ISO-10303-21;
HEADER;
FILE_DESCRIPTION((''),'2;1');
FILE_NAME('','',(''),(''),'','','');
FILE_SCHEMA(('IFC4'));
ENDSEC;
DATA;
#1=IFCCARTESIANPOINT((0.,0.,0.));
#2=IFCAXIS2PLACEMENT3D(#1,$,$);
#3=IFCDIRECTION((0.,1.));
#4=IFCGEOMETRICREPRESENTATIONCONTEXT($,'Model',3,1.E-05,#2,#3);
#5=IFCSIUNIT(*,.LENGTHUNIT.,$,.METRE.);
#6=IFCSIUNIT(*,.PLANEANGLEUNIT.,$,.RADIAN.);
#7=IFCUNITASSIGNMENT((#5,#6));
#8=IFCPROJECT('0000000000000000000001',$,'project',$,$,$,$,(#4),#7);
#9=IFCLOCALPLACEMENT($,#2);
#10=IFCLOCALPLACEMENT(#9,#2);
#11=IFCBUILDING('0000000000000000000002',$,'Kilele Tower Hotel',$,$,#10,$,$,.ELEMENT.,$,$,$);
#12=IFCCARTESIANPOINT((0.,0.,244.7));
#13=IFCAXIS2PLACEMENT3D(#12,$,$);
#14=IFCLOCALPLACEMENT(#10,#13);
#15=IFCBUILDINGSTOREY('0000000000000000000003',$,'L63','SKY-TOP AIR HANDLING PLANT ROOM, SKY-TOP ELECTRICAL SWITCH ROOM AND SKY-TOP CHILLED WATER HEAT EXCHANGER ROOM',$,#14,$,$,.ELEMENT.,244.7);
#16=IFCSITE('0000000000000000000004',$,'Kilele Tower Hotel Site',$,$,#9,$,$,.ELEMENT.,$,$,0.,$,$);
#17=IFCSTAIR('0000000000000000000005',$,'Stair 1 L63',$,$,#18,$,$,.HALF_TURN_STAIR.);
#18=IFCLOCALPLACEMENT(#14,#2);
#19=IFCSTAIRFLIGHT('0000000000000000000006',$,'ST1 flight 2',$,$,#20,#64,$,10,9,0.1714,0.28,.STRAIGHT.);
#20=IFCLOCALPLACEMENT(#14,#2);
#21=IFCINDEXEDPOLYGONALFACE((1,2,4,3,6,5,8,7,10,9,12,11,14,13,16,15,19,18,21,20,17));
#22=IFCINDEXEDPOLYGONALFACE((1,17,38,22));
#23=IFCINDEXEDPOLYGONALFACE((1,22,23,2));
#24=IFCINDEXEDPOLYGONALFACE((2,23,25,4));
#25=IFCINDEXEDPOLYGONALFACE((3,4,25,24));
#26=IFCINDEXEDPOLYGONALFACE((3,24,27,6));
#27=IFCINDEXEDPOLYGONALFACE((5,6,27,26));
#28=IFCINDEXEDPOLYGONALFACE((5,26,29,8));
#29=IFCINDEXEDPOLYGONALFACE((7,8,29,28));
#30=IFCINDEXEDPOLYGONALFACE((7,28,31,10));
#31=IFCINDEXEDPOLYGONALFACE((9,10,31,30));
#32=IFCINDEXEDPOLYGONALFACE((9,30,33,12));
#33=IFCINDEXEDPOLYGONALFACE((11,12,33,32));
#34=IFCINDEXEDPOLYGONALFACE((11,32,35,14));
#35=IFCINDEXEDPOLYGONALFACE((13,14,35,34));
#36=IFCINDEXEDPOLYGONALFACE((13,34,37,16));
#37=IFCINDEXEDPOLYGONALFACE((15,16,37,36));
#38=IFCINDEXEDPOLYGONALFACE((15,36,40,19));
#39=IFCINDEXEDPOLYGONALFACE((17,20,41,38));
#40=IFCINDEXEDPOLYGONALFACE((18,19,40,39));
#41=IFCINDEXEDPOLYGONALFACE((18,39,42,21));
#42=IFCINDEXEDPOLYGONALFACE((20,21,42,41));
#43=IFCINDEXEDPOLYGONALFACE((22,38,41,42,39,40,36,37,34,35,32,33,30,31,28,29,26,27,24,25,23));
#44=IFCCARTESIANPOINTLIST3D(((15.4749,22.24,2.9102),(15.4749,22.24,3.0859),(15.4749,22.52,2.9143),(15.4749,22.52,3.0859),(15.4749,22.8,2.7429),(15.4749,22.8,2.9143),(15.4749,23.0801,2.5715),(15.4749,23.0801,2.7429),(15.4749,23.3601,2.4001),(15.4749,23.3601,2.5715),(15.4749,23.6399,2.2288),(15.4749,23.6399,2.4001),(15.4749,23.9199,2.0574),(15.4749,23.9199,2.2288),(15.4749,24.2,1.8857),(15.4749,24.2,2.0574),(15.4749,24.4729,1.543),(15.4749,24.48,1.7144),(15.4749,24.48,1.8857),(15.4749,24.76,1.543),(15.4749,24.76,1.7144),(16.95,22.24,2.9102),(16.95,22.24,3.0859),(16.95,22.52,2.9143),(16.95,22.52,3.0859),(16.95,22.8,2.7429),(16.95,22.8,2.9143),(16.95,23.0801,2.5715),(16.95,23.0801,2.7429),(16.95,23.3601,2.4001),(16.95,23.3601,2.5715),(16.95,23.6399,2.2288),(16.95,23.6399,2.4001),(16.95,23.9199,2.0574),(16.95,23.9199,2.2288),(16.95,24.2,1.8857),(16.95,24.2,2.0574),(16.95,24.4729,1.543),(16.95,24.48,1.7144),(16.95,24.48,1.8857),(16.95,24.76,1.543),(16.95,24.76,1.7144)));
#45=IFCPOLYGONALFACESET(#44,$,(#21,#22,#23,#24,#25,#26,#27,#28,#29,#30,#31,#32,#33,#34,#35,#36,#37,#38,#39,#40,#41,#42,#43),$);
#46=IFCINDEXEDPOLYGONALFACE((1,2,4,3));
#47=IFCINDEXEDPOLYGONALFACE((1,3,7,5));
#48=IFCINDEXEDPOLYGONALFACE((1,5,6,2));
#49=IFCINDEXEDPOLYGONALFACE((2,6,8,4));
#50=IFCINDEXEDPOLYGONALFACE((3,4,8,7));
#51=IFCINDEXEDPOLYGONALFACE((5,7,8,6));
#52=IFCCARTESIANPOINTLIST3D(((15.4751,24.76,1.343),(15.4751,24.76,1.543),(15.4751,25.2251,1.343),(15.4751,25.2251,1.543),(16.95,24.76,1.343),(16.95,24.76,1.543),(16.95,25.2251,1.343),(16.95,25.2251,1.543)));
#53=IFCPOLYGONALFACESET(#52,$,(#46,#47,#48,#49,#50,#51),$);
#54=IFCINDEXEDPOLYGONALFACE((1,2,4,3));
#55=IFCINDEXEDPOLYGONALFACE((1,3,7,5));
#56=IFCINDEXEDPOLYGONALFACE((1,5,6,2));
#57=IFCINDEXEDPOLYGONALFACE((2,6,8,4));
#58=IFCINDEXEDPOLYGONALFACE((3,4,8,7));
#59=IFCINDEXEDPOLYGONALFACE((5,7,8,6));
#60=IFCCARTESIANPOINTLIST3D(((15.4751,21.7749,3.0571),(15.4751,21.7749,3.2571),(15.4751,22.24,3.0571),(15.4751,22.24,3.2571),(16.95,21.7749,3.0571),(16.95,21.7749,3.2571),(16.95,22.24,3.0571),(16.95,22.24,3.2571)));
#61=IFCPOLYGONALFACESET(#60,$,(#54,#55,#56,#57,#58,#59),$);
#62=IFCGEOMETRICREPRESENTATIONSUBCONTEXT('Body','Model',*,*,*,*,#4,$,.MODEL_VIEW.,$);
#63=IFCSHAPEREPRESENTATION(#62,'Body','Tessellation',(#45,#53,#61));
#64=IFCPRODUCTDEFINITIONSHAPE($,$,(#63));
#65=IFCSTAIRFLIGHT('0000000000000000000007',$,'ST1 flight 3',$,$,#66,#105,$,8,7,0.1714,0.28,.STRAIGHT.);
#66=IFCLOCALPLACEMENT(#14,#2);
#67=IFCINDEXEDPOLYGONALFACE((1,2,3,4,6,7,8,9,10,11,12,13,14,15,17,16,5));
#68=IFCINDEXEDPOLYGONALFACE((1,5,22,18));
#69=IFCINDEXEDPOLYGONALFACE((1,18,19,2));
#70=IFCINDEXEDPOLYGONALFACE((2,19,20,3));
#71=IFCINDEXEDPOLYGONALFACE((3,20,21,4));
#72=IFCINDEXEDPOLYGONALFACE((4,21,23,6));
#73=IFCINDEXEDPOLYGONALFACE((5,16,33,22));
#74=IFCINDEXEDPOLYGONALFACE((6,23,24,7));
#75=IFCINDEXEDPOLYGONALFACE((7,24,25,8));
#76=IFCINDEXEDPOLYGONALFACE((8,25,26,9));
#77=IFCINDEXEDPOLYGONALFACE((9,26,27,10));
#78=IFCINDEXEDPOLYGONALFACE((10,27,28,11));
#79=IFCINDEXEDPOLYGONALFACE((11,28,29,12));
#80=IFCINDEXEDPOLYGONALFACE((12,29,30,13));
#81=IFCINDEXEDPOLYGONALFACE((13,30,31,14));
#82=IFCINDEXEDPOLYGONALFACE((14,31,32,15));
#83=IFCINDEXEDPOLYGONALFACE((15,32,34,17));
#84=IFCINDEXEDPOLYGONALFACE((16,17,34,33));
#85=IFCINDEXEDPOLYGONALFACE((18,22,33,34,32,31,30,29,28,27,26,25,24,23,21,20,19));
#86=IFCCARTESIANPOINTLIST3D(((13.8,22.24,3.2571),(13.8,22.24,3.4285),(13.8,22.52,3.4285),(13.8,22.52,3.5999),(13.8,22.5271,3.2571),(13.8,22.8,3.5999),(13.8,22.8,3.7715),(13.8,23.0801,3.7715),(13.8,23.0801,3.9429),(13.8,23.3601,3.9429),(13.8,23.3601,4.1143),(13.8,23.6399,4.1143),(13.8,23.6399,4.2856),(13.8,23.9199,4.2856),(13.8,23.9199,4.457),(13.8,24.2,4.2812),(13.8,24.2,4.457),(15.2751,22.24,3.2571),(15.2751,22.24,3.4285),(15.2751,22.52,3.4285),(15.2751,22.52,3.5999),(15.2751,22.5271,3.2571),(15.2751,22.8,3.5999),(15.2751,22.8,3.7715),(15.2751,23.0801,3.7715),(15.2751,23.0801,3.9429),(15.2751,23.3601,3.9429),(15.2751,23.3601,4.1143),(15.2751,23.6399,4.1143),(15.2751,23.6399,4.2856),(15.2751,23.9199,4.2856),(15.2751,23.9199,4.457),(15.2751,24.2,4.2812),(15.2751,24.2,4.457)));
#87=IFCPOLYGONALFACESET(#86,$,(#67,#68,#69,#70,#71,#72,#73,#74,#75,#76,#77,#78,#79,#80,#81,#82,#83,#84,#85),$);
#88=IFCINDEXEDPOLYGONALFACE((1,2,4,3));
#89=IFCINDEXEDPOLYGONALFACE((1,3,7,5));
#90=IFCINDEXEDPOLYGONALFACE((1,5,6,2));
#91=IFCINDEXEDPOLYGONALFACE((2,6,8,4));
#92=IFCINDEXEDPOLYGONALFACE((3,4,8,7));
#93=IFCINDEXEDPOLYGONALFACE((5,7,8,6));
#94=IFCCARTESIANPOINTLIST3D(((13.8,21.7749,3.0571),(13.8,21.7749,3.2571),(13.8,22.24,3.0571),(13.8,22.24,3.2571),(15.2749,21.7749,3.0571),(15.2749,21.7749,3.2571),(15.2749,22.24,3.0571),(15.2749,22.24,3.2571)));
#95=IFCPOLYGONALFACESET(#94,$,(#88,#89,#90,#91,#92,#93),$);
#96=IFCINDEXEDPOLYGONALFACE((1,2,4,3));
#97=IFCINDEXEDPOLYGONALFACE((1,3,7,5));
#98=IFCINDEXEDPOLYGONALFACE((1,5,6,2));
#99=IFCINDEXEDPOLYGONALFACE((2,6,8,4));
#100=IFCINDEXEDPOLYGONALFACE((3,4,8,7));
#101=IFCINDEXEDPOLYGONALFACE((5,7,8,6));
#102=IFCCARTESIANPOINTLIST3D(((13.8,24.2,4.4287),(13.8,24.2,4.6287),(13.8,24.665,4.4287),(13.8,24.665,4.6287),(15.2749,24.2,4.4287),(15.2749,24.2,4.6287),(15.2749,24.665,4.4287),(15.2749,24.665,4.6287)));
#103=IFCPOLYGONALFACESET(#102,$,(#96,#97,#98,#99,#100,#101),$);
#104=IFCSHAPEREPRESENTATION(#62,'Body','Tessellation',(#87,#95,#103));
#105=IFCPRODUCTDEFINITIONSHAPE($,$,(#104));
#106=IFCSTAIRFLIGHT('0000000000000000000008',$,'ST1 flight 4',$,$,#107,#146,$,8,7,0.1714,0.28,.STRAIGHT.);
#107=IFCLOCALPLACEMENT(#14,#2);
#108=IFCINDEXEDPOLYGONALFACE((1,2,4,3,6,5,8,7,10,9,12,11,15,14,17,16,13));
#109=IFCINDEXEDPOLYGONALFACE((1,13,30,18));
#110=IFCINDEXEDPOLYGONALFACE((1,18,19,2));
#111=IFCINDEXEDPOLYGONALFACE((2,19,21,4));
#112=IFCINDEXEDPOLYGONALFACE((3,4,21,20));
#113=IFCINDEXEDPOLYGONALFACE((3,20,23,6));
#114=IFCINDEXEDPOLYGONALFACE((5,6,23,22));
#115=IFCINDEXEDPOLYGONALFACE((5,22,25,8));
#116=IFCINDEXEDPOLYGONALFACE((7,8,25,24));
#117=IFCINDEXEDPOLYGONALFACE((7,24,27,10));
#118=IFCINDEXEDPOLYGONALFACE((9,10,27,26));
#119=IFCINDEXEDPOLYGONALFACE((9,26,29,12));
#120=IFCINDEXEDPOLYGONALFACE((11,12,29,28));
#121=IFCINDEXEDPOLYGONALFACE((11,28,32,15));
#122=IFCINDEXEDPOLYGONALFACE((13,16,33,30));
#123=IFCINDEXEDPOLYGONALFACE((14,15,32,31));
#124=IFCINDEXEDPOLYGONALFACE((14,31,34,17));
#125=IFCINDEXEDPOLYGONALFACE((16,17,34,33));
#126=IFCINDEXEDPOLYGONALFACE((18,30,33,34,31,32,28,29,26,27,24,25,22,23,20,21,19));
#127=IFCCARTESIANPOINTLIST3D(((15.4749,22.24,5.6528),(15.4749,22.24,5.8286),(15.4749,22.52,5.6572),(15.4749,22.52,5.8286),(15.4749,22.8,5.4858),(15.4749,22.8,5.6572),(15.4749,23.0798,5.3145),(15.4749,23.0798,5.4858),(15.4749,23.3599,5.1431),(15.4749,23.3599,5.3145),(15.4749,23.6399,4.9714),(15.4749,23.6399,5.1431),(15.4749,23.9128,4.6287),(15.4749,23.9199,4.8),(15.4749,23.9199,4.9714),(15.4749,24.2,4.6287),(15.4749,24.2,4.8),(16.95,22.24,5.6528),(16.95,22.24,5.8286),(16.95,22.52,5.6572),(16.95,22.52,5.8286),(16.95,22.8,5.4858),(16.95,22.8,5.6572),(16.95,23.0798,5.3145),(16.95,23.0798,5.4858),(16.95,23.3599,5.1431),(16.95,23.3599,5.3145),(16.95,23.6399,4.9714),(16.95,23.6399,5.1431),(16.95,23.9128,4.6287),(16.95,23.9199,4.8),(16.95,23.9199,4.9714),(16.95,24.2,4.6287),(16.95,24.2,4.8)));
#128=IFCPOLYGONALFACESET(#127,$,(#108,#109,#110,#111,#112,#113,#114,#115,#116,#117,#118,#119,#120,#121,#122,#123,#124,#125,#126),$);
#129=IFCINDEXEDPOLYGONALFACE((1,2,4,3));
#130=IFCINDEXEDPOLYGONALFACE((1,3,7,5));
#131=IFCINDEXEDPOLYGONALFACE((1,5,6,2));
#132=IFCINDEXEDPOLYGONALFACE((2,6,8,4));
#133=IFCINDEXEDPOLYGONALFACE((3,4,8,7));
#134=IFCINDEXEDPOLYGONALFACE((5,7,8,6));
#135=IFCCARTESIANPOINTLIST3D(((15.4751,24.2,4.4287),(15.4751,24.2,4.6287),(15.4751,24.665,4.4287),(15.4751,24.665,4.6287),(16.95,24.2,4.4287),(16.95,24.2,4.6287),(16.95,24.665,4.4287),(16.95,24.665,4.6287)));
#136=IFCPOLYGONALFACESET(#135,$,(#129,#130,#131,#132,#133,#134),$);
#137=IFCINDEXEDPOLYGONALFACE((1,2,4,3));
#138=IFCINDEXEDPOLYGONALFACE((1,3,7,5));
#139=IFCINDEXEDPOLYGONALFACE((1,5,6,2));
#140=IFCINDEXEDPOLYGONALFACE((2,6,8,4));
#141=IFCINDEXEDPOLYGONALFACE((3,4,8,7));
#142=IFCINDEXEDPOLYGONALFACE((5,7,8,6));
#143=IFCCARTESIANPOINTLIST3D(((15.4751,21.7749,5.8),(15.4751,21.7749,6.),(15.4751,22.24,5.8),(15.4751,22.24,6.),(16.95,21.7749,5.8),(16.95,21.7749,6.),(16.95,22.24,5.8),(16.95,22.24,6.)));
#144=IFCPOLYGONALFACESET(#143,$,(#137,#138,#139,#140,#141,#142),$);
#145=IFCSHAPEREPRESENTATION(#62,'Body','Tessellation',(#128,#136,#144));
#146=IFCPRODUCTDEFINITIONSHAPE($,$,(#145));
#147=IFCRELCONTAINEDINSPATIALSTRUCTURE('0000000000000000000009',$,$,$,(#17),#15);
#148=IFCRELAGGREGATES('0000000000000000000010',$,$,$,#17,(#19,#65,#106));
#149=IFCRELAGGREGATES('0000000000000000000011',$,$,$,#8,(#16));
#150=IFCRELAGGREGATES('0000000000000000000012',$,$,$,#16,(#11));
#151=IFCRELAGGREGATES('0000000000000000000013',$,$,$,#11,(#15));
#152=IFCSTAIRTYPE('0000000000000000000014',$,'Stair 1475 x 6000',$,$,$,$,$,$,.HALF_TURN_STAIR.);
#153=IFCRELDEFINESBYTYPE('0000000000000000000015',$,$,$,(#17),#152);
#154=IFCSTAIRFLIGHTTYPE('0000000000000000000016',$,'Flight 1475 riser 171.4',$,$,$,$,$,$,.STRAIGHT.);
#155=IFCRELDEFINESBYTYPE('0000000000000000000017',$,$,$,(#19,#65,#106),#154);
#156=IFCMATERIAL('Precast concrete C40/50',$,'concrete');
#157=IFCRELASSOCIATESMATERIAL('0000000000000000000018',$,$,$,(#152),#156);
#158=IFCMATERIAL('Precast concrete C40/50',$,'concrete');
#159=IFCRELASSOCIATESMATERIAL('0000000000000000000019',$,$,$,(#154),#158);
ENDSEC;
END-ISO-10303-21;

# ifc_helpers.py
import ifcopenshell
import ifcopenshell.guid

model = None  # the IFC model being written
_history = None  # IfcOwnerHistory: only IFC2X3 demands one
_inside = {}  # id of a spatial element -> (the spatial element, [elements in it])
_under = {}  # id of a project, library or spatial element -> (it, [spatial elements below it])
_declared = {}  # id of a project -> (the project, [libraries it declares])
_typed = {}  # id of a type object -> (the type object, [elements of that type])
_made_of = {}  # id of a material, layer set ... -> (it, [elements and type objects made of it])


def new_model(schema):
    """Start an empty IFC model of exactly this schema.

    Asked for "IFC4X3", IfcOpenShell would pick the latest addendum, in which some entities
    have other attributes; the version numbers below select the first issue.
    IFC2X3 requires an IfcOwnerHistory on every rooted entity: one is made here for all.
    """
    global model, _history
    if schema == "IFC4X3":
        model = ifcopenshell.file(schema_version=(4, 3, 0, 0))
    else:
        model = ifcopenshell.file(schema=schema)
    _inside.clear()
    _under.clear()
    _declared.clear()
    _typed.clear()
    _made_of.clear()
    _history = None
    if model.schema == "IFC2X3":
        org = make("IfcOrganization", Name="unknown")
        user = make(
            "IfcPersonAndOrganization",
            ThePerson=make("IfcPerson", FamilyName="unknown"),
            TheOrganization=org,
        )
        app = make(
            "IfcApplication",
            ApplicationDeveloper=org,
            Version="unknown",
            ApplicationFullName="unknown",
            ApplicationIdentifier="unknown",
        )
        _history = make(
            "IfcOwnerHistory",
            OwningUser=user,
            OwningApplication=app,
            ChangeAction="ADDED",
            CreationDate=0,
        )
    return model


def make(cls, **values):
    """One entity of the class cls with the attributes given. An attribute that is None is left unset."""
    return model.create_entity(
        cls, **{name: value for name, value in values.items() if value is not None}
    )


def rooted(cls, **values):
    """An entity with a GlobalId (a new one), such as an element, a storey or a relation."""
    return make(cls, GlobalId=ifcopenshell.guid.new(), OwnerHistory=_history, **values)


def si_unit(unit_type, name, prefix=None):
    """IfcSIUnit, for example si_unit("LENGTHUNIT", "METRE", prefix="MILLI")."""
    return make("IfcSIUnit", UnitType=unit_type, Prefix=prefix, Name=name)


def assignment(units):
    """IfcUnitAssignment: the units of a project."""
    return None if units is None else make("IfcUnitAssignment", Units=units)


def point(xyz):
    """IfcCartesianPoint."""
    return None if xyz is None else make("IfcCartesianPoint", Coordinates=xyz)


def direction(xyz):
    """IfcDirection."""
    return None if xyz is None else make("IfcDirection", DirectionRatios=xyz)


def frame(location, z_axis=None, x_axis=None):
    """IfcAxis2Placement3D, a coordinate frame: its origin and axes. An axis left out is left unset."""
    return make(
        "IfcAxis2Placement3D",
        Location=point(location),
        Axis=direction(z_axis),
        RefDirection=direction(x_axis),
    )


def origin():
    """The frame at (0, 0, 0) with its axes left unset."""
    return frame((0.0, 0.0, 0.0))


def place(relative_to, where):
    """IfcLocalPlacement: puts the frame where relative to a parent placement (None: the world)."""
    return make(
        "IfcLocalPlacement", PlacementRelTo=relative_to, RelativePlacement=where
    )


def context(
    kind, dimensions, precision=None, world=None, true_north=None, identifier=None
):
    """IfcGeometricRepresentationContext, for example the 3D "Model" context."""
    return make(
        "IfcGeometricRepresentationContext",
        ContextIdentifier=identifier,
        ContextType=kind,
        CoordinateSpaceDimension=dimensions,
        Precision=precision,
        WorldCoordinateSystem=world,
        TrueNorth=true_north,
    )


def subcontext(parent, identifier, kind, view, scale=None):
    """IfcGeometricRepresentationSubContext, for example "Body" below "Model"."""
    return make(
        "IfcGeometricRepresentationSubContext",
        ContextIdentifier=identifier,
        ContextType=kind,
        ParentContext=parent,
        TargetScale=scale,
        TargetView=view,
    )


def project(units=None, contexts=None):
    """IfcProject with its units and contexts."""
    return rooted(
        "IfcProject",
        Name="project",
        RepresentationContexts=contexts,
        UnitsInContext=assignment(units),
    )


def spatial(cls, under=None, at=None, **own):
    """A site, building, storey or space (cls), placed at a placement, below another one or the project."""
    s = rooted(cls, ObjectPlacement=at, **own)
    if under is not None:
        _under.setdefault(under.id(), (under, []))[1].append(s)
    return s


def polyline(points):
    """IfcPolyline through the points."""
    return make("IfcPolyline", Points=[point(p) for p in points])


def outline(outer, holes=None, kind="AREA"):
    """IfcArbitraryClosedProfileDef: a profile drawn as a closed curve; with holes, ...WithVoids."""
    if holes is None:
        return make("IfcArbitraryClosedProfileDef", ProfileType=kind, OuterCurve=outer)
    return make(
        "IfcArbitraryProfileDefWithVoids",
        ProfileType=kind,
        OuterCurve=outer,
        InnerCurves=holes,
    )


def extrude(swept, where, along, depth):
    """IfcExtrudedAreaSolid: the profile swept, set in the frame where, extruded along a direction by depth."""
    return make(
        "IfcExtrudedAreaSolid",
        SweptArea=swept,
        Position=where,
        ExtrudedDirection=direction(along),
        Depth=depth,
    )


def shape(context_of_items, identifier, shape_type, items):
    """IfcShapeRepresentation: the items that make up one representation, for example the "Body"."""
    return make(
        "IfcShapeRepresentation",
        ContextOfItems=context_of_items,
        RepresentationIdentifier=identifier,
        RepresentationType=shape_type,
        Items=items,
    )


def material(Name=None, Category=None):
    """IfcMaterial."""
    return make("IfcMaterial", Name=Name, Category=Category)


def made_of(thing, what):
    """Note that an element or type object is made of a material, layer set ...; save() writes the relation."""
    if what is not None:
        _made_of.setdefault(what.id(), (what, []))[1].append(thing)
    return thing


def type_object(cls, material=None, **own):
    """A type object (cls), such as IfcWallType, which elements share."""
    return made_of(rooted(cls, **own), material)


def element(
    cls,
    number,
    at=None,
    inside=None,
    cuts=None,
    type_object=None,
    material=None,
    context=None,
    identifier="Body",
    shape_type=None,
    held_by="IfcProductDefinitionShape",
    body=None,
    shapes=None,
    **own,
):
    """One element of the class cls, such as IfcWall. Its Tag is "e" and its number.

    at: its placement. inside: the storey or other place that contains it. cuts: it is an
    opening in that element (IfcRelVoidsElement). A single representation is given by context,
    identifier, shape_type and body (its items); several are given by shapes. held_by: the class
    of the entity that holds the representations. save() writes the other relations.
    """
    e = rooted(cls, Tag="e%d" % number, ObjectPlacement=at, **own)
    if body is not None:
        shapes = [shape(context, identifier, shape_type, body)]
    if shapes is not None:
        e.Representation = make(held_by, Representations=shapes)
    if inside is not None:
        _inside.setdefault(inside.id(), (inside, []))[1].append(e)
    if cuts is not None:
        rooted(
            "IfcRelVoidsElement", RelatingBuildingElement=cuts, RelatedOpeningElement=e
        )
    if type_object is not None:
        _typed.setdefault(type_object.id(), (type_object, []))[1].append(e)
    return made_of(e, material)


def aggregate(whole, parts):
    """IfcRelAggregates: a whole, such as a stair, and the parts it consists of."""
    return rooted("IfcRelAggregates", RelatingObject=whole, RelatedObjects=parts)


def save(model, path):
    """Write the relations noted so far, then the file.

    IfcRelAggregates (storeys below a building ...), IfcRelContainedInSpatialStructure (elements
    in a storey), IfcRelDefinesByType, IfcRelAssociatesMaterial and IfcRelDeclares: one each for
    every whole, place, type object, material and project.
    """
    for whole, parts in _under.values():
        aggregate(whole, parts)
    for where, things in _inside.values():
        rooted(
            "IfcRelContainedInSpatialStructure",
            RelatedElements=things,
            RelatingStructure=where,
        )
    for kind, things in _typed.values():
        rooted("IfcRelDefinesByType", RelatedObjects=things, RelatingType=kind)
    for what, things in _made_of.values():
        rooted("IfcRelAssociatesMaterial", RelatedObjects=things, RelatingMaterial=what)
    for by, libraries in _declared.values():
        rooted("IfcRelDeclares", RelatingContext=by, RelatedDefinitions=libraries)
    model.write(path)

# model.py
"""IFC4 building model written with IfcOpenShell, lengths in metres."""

from ifc_helpers import new_model, si_unit, direction, frame, origin, place, context, subcontext, project, spatial, polyline, outline, extrude, material, type_object, element, aggregate, save


model = new_model("IFC4")

# Units and contexts
model_context = context("Model", 3, precision=1e-05, world=origin(), true_north=direction((0.0, 1.0)))
body_context = subcontext(model_context, "Body", "Model", "MODEL_VIEW")
ifc_project = project(units=[si_unit("LENGTHUNIT", "METRE"), si_unit("PLANEANGLEUNIT", "RADIAN")], contexts=[model_context])

# Site, building, storey
site_placement = place(None, origin())
site = spatial("IfcSite", under=ifc_project, at=site_placement, Name="Kilele Tower Hotel Site", CompositionType="ELEMENT", RefElevation=0.0)
building_placement = place(site_placement, origin())
building = spatial("IfcBuilding", under=site, at=building_placement, Name="Kilele Tower Hotel", CompositionType="ELEMENT")
storey_placement = place(building_placement, frame((0.0, 0.0, 244.7)))
storey = spatial("IfcBuildingStorey", under=building, at=storey_placement, Name="L63", Description="SKY-TOP AIR HANDLING PLANT ROOM, SKY-TOP ELECTRICAL SWITCH ROOM AND SKY-TOP CHILLED WATER HEAT EXCHANGER ROOM", CompositionType="ELEMENT", Elevation=244.7)

# Stair, stair flights
ifc_material_1 = material(Name="Precast concrete C40/50", Category="concrete")
stair_type = type_object("IfcStairType", Name="Stair 1475 x 6000", PredefinedType="HALF_TURN_STAIR", material=ifc_material_1)
stair_placement = place(storey_placement, origin())
stair = element("IfcStair", 1, at=stair_placement, inside=storey, type_object=stair_type, Name="Stair 1 L63", PredefinedType="HALF_TURN_STAIR")
ifc_material_2 = material(Name="Precast concrete C40/50", Category="concrete")
stair_flight_type = type_object("IfcStairFlightType", Name="Flight 1475 riser 171.4", PredefinedType="STRAIGHT", material=ifc_material_2)
stair_flight_1_placement = place(storey_placement, frame((16.2124, 24.76, 1.543), z_axis=(0.0, 0.0, 1.0), x_axis=(0.0, -1.0, 0.0)))
stair_flight_1 = element("IfcStairFlight", 2, at=stair_flight_1_placement, type_object=stair_flight_type, Name="ST1 flight 2", NumberOfRisers=10, NumberOfTreads=9, PredefinedType="STRAIGHT", RiserHeight=0.1714, TreadLength=0.28, context=body_context, shape_type="SweptSolid", body=[
    extrude(outline(polyline([(0.0, 0.0), (0.0, 0.1714), (0.28, 0.1714), (0.28, 0.3428), (0.5601, 0.3428), (0.5601, 0.5144), (0.8401, 0.5144), (0.8401, 0.6858), (1.1201, 0.6858), (1.1201, 0.8572), (1.3999, 0.8572), (1.3999, 1.0286), (1.6799, 1.0286), (1.6799, 1.2), (1.96, 1.2), (1.96, 1.3713), (2.24, 1.3713), (2.24, 1.543), (2.52, 1.543), (2.52, 1.7144), (2.52, 1.3672), (0.2871, 0.0), (0.0, 0.0)])), frame((0.0, 0.7375, 0.0), z_axis=(0.0, -1.0, 0.0), x_axis=(1.0, 0.0, 0.0)), (0.0, 0.0, 1.0), 1.4751),
    extrude(outline(polyline([(0.0, -0.7373), (0.0, 0.7375), (-0.4651, 0.7375), (-0.4651, -0.7373), (0.0, -0.7373)])), frame((0.0, 0.0, -0.2)), (0.0, 0.0, 1.0), 0.2),
    extrude(outline(polyline([(2.9851, -0.7373), (2.9851, 0.7375), (2.52, 0.7375), (2.52, -0.7373), (2.9851, -0.7373)])), frame((0.0, 0.0, 1.5142)), (0.0, 0.0, 1.0), 0.2),
])
stair_flight_2_placement = place(storey_placement, frame((14.5376, 22.24, 3.2571), z_axis=(0.0, 0.0, 1.0), x_axis=(0.0, 1.0, 0.0)))
stair_flight_2 = element("IfcStairFlight", 3, at=stair_flight_2_placement, type_object=stair_flight_type, Name="ST1 flight 3", NumberOfRisers=8, NumberOfTreads=7, PredefinedType="STRAIGHT", RiserHeight=0.1714, TreadLength=0.28, context=body_context, shape_type="SweptSolid", body=[
    extrude(outline(polyline([(0.0, 0.0), (0.0, 0.1714), (0.28, 0.1714), (0.28, 0.3428), (0.5601, 0.3428), (0.5601, 0.5144), (0.8401, 0.5144), (0.8401, 0.6858), (1.1201, 0.6858), (1.1201, 0.8572), (1.3999, 0.8572), (1.3999, 1.0286), (1.6799, 1.0286), (1.6799, 1.2), (1.96, 1.2), (1.96, 1.3713), (1.96, 1.0242), (0.2871, 0.0), (0.0, 0.0)])), frame((0.0, 0.7375, 0.0), z_axis=(0.0, -1.0, 0.0), x_axis=(1.0, 0.0, 0.0)), (0.0, 0.0, 1.0), 1.4751),
    extrude(outline(polyline([(-0.4651, 0.7375), (-0.4651, -0.7373), (0.0, -0.7373), (0.0, 0.7375), (-0.4651, 0.7375)])), frame((0.0, 0.0, -0.2)), (0.0, 0.0, 1.0), 0.2),
    extrude(outline(polyline([(1.96, 0.7375), (1.96, -0.7373), (2.425, -0.7373), (2.425, 0.7375), (1.96, 0.7375)])), frame((0.0, 0.0, 1.1716)), (0.0, 0.0, 1.0), 0.2),
])
stair_flight_3_placement = place(storey_placement, frame((16.2124, 24.2, 4.6287), z_axis=(0.0, 0.0, 1.0), x_axis=(0.0, -1.0, 0.0)))
stair_flight_3 = element("IfcStairFlight", 4, at=stair_flight_3_placement, type_object=stair_flight_type, Name="ST1 flight 4", NumberOfRisers=8, NumberOfTreads=7, PredefinedType="STRAIGHT", RiserHeight=0.1714, TreadLength=0.28, context=body_context, shape_type="SweptSolid", body=[
    extrude(outline(polyline([(0.0, 0.0), (0.0, 0.1714), (0.28, 0.1714), (0.28, 0.3428), (0.5601, 0.3428), (0.5601, 0.5144), (0.8401, 0.5144), (0.8401, 0.6858), (1.1201, 0.6858), (1.1201, 0.8572), (1.3999, 0.8572), (1.3999, 1.0286), (1.6799, 1.0286), (1.6799, 1.2), (1.96, 1.2), (1.96, 1.3713), (1.96, 1.0242), (0.2871, 0.0), (0.0, 0.0)])), frame((0.0, 0.7375, 0.0), z_axis=(0.0, -1.0, 0.0), x_axis=(1.0, 0.0, 0.0)), (0.0, 0.0, 1.0), 1.4751),
    extrude(outline(polyline([(0.0, -0.7373), (0.0, 0.7375), (-0.4651, 0.7375), (-0.4651, -0.7373), (0.0, -0.7373)])), frame((0.0, 0.0, -0.2)), (0.0, 0.0, 1.0), 0.2),
    extrude(outline(polyline([(2.425, -0.7373), (2.425, 0.7375), (1.96, 0.7375), (1.96, -0.7373), (2.425, -0.7373)])), frame((0.0, 0.0, 1.1714)), (0.0, 0.0, 1.0), 0.2),
])
aggregate(stair, [stair_flight_1, stair_flight_2, stair_flight_3])

save(model, "model.ifc")
